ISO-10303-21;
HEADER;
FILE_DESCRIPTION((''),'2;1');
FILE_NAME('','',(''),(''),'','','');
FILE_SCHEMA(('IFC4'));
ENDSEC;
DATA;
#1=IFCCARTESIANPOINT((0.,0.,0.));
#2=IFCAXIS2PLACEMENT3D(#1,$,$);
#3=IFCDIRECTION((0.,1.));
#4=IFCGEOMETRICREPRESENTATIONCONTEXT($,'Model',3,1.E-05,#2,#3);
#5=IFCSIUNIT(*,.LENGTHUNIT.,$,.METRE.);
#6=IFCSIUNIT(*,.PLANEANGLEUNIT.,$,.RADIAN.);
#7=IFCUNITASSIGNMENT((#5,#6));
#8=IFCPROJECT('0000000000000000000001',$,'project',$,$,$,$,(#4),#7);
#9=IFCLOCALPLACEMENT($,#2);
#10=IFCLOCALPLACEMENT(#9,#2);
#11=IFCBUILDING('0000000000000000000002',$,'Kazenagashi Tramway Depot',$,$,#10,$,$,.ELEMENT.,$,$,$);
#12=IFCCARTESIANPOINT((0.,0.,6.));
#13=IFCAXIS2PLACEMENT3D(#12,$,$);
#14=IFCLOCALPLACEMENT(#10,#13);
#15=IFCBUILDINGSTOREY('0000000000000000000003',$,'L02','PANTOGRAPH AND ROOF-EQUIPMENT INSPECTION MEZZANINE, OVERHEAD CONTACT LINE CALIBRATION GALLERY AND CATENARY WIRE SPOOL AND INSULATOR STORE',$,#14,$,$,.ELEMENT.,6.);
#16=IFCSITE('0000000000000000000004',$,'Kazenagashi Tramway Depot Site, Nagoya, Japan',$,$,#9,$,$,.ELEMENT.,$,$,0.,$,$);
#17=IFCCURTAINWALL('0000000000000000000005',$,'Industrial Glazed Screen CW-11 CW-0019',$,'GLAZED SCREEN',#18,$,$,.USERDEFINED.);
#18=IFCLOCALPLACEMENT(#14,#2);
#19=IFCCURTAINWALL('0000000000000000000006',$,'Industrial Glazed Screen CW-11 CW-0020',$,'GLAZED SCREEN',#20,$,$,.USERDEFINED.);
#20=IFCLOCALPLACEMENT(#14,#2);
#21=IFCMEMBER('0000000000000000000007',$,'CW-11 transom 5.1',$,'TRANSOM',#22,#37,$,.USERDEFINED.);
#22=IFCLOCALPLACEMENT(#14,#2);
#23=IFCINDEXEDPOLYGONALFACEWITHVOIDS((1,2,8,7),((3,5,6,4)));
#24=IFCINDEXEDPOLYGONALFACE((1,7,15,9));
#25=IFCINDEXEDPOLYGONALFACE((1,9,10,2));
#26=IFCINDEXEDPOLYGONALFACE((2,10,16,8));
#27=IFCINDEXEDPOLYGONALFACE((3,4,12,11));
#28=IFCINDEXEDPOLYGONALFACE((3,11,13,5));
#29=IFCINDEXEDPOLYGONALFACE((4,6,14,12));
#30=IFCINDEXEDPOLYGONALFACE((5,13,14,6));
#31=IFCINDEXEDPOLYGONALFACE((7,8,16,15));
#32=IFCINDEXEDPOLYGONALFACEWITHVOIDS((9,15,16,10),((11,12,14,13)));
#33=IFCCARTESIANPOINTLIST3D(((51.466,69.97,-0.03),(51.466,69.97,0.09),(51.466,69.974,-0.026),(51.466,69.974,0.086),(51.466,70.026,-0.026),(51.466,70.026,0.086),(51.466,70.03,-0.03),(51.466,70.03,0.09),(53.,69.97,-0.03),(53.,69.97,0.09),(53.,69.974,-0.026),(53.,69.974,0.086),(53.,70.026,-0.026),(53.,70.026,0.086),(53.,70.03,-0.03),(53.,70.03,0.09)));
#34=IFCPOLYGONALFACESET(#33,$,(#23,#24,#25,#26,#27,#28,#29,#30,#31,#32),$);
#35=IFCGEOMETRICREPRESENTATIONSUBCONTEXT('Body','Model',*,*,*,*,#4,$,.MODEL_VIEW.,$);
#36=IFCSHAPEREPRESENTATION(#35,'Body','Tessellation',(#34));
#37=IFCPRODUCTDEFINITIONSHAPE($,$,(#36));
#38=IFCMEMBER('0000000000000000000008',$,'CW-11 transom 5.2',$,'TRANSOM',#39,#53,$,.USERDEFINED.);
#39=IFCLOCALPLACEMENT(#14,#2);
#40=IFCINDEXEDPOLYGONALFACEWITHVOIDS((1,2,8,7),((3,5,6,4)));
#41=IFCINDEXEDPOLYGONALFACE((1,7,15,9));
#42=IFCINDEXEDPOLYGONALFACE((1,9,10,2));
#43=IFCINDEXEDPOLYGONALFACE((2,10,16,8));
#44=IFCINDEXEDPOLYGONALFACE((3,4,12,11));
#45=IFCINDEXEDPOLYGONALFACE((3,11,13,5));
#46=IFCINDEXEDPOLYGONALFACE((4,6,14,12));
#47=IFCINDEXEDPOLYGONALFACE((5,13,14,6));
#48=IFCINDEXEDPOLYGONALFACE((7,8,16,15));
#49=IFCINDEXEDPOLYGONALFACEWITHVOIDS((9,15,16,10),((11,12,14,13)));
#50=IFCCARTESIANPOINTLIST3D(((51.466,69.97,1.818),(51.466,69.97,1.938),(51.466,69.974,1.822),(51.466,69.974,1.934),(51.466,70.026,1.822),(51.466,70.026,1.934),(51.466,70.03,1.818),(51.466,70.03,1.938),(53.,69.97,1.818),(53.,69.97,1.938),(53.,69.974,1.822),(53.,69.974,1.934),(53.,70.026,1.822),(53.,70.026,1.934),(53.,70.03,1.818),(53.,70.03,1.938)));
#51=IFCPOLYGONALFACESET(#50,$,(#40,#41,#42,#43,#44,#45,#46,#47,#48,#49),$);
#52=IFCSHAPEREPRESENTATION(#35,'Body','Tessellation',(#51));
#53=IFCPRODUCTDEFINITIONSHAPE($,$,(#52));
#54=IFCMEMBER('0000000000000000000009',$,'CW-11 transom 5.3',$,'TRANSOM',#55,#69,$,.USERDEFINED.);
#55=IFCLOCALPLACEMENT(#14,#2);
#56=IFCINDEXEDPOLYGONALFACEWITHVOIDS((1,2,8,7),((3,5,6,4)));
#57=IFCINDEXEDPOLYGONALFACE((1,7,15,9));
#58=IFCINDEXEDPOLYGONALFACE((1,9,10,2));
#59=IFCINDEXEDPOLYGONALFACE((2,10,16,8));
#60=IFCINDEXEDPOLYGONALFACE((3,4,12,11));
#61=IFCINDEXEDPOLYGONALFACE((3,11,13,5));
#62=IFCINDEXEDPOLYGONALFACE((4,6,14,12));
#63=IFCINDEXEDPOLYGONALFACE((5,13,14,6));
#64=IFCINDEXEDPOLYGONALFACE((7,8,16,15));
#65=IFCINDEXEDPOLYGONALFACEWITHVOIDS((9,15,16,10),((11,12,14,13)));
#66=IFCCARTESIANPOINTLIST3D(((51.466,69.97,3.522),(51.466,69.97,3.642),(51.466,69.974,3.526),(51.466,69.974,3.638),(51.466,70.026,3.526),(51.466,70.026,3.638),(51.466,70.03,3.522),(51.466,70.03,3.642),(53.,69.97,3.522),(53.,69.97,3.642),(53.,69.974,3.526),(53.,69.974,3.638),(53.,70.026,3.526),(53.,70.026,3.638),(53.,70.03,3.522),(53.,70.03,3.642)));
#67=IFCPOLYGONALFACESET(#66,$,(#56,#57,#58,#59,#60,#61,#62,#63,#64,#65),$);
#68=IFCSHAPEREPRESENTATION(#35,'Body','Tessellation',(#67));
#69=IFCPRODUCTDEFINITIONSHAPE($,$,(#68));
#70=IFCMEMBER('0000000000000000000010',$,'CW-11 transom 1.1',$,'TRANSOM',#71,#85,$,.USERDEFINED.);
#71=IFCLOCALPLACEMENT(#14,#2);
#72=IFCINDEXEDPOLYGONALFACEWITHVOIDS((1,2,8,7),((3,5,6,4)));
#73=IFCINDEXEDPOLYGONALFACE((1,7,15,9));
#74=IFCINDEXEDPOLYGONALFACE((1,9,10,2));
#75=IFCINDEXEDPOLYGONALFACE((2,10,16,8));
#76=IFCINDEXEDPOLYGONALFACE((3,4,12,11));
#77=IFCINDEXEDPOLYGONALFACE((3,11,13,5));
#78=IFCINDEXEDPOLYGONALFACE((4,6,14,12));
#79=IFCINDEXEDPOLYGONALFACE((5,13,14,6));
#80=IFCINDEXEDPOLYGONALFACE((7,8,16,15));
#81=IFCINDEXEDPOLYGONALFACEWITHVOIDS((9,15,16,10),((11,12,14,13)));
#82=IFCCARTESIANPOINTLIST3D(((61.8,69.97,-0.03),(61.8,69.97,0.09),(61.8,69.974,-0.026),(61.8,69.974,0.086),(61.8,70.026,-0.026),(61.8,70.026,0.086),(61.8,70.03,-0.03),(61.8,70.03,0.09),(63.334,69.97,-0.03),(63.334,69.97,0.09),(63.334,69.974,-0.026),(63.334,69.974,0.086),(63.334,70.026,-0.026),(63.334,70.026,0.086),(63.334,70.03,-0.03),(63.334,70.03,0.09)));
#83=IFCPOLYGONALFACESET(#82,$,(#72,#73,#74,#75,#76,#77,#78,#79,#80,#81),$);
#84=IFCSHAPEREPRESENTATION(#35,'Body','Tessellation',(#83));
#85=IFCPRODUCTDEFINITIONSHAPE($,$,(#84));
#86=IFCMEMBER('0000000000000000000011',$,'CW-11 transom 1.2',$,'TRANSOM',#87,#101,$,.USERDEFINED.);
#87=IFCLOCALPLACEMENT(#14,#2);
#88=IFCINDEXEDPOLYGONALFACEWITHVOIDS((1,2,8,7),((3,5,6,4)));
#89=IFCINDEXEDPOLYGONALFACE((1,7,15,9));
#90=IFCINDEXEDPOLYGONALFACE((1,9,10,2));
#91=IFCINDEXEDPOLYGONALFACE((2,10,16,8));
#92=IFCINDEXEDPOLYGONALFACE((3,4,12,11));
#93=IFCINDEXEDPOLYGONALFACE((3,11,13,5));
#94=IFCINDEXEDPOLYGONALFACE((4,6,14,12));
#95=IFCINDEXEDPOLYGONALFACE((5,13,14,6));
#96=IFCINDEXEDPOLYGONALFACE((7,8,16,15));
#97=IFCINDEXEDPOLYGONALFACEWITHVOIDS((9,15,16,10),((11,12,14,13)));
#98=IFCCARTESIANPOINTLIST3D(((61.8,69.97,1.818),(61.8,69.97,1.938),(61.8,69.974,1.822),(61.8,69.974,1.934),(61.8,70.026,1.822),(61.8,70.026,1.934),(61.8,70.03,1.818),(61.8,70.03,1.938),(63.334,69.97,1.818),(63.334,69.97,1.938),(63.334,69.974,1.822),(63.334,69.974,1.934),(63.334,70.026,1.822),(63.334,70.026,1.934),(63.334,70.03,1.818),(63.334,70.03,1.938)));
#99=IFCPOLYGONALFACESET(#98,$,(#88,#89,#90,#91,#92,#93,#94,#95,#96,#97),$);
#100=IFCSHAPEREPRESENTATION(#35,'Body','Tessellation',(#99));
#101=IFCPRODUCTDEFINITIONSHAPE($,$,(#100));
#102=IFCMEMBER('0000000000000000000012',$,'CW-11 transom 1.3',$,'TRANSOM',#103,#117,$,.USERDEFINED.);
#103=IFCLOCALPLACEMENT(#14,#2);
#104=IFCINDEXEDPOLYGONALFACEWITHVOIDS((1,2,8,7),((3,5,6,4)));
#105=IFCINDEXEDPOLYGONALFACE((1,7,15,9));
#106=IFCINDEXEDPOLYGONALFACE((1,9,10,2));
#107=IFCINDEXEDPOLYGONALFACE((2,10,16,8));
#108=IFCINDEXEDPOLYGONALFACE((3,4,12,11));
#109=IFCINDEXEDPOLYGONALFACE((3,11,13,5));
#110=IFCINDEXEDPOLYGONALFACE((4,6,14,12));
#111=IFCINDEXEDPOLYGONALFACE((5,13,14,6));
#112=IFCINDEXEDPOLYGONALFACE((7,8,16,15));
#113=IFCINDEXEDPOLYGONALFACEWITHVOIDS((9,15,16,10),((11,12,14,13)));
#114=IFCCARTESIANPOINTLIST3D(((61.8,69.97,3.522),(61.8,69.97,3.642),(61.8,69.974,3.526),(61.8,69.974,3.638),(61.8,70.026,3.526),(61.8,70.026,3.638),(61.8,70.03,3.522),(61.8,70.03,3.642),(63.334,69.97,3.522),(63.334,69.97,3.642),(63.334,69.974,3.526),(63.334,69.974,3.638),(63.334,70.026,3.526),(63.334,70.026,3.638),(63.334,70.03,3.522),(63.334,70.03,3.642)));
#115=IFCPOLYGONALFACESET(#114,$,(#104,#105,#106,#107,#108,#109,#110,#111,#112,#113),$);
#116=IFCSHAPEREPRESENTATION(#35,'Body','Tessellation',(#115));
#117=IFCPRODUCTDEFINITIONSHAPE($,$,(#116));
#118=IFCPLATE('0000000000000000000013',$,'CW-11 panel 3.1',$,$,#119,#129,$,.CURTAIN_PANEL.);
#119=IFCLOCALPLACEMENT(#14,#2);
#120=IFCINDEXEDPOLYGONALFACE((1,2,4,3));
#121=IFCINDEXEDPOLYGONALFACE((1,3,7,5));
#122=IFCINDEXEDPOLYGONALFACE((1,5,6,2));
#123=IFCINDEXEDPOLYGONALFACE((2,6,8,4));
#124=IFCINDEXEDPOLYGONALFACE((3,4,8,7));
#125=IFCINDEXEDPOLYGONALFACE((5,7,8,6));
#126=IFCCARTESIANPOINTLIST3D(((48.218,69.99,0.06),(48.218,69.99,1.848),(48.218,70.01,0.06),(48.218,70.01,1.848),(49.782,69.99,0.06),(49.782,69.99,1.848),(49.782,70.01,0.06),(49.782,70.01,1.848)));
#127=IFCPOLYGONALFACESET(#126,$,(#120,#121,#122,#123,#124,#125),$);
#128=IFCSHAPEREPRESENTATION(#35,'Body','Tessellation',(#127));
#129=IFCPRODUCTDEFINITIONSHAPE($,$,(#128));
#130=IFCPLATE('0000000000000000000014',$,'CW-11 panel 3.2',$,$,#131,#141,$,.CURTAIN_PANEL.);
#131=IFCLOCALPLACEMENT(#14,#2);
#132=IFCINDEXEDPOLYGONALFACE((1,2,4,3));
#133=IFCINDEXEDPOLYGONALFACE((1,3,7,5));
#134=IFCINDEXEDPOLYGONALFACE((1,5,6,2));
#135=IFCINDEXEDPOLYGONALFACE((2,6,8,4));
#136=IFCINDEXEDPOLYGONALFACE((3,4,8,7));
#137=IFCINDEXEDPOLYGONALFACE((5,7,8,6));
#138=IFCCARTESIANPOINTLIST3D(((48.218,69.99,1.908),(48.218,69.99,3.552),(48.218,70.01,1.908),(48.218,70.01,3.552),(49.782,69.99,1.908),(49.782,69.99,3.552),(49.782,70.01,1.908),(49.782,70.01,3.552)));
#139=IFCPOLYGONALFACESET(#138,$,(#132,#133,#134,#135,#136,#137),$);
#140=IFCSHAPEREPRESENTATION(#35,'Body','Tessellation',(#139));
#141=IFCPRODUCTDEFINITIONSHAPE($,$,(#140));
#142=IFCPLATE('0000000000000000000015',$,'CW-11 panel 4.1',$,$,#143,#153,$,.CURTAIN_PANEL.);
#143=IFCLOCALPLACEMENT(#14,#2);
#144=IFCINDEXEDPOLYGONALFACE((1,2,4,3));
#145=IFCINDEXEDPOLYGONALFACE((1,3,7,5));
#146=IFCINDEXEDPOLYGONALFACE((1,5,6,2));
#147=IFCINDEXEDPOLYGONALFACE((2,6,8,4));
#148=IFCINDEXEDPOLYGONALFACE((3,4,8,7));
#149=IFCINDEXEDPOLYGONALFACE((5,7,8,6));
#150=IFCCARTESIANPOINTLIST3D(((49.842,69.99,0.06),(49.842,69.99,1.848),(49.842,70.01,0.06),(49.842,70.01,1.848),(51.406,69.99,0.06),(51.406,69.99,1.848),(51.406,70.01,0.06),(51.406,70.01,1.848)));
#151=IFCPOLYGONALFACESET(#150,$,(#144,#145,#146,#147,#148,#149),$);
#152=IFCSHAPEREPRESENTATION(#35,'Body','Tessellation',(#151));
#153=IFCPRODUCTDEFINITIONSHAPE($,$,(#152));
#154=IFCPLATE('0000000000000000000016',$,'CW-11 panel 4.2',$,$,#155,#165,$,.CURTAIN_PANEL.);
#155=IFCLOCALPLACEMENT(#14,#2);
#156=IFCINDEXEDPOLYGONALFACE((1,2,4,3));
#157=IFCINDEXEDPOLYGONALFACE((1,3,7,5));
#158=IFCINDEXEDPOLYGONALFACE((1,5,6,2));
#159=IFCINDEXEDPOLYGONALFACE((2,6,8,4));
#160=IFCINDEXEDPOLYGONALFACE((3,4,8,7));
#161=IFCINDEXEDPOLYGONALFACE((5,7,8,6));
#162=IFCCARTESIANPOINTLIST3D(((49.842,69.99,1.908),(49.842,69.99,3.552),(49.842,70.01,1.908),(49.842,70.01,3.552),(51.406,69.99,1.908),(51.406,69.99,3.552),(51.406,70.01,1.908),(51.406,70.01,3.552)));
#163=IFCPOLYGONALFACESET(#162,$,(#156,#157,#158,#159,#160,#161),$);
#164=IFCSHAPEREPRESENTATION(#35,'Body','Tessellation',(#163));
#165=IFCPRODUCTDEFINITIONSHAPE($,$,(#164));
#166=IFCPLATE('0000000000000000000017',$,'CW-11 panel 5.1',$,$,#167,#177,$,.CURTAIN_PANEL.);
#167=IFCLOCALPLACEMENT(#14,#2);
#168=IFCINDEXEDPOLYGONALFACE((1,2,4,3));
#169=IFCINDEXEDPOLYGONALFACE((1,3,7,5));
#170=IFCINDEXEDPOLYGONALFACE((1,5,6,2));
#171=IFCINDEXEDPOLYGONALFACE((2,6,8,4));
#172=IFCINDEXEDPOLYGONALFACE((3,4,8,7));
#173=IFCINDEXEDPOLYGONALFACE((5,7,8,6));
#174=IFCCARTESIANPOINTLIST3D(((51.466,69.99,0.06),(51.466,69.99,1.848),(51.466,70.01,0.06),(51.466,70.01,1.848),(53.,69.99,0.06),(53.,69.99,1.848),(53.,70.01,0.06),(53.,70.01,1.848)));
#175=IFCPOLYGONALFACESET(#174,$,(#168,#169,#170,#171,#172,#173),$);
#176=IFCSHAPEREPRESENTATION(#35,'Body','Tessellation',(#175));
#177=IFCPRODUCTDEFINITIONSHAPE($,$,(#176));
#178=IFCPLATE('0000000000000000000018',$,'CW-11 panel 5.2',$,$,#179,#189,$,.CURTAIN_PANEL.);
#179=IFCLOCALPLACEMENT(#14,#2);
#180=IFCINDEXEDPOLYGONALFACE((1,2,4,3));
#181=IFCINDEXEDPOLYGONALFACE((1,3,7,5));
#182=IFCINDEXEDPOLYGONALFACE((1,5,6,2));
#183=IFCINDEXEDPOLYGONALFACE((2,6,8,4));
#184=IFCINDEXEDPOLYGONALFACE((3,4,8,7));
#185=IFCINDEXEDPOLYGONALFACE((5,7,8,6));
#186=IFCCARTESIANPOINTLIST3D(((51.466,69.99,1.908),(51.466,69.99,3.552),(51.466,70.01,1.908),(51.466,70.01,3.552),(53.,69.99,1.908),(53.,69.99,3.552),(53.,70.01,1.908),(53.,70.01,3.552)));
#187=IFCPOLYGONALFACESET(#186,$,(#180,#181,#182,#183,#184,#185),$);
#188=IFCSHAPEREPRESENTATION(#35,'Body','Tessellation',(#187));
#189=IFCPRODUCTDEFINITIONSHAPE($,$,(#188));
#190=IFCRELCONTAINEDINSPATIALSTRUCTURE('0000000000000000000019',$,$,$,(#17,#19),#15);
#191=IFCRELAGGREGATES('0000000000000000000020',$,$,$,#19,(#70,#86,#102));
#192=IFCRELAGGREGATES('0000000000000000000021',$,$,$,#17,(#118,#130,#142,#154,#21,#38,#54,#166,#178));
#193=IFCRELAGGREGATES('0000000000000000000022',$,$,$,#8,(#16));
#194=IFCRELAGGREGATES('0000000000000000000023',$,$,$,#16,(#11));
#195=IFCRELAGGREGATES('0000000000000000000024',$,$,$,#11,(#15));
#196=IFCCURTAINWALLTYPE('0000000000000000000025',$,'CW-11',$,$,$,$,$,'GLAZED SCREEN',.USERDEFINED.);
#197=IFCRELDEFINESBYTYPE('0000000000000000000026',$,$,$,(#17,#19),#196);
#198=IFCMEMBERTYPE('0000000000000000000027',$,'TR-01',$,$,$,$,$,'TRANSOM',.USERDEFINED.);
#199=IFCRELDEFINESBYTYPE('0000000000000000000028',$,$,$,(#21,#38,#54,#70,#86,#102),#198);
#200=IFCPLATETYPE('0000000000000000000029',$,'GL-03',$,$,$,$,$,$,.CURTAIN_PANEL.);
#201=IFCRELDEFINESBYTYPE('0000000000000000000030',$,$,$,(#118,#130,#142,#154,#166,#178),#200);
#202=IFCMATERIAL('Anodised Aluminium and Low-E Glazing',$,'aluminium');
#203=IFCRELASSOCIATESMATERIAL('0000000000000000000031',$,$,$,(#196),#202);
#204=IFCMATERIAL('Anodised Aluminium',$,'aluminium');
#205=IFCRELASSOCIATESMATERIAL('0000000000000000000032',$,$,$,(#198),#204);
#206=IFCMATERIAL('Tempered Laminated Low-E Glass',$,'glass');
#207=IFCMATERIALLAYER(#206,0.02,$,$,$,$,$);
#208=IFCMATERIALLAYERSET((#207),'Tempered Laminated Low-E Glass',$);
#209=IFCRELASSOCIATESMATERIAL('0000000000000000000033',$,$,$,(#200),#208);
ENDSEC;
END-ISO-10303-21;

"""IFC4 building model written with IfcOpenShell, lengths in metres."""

from ifc_helpers import new_model, si_unit, direction, frame, origin, origin_2d, place, context, subcontext, project, spatial, rectangle, hollow_rectangle, extrude, material, layer, layer_set, material_profile, profile_set, type_object, element, aggregate, save


model = new_model("IFC4")

# Units and contexts
model_context = context("Model", 3, precision=1e-05, world=origin(), true_north=direction((0.0, 1.0)))
body_context = subcontext(model_context, "Body", "Model", "MODEL_VIEW")
ifc_project = project(units=[si_unit("LENGTHUNIT", "METRE"), si_unit("PLANEANGLEUNIT", "RADIAN")], contexts=[model_context])

# Site, building, storey
site_placement = place(None, origin())
site = spatial("IfcSite", under=ifc_project, at=site_placement, Name="Kazenagashi Tramway Depot Site, Nagoya, Japan", CompositionType="ELEMENT", RefElevation=0.0)
building_placement = place(site_placement, origin())
building = spatial("IfcBuilding", under=site, at=building_placement, Name="Kazenagashi Tramway Depot", CompositionType="ELEMENT")
storey_placement = place(building_placement, frame((0.0, 0.0, 6.0)))
storey = spatial("IfcBuildingStorey", under=building, at=storey_placement, Name="L02", Description="PANTOGRAPH AND ROOF-EQUIPMENT INSPECTION MEZZANINE, OVERHEAD CONTACT LINE CALIBRATION GALLERY AND CATENARY WIRE SPOOL AND INSULATOR STORE", CompositionType="ELEMENT", Elevation=6.0)

# Curtain wall
ifc_material_1 = material(Name="Anodised Aluminium and Low-E Glazing", Category="aluminium")
curtain_wall_type = type_object("IfcCurtainWallType", Name="CW-11", ElementType="GLAZED SCREEN", PredefinedType="USERDEFINED", material=ifc_material_1)
curtain_wall_1_placement = place(storey_placement, origin())
curtain_wall_1 = element("IfcCurtainWall", 1, at=curtain_wall_1_placement, inside=storey, type_object=curtain_wall_type, Name="Industrial Glazed Screen CW-11 CW-0019", ObjectType="GLAZED SCREEN", PredefinedType="USERDEFINED")
ifc_material_2 = material(Name="Anodised Aluminium", Category="aluminium")

# Curtain wall
curtain_wall_2_placement = place(storey_placement, origin())
curtain_wall_2 = element("IfcCurtainWall", 2, at=curtain_wall_2_placement, inside=storey, type_object=curtain_wall_type, Name="Industrial Glazed Screen CW-11 CW-0020", ObjectType="GLAZED SCREEN", PredefinedType="USERDEFINED")

# Members
ifc_material_profile_1 = material_profile(ifc_material_2, hollow_rectangle(XDim=0.06, YDim=0.12, WallThickness=0.004, at=origin_2d()), Name="RHS-120x60x4")
ifc_profile_set_1 = profile_set([ifc_material_profile_1], Name="Anodised Aluminium")
member_type_1 = type_object("IfcMemberType", Name="TR-01", ElementType="TRANSOM", PredefinedType="USERDEFINED", material=ifc_profile_set_1)
member_1_placement = place(storey_placement, frame((51.466, 70.0, 0.03), z_axis=(1.0, 0.0, 0.0), x_axis=(0.0, 1.0, 0.0)))
member_1 = element("IfcMember", 3, at=member_1_placement, type_object=member_type_1, Name="CW-11 transom 5.1", ObjectType="TRANSOM", PredefinedType="USERDEFINED", context=body_context, shape_type="SweptSolid", body=[
    extrude(hollow_rectangle(XDim=0.06, YDim=0.12, WallThickness=0.004, at=origin_2d()), origin(), (0.0, 0.0, 1.0), 1.534),
])
member_2_placement = place(storey_placement, frame((51.466, 70.0, 1.878), z_axis=(1.0, 0.0, 0.0), x_axis=(0.0, 1.0, 0.0)))
member_2 = element("IfcMember", 4, at=member_2_placement, type_object=member_type_1, Name="CW-11 transom 5.2", ObjectType="TRANSOM", PredefinedType="USERDEFINED", context=body_context, shape_type="SweptSolid", body=[
    extrude(hollow_rectangle(XDim=0.06, YDim=0.12, WallThickness=0.004, at=origin_2d()), origin(), (0.0, 0.0, 1.0), 1.534),
])
member_3_placement = place(storey_placement, frame((51.466, 70.0, 3.582), z_axis=(1.0, 0.0, 0.0), x_axis=(0.0, 1.0, 0.0)))
member_3 = element("IfcMember", 5, at=member_3_placement, type_object=member_type_1, Name="CW-11 transom 5.3", ObjectType="TRANSOM", PredefinedType="USERDEFINED", context=body_context, shape_type="SweptSolid", body=[
    extrude(hollow_rectangle(XDim=0.06, YDim=0.12, WallThickness=0.004, at=origin_2d()), origin(), (0.0, 0.0, 1.0), 1.534),
])
member_4_placement = place(storey_placement, frame((61.8, 70.0, 0.03), z_axis=(1.0, 0.0, 0.0), x_axis=(0.0, 1.0, 0.0)))
member_4 = element("IfcMember", 6, at=member_4_placement, type_object=member_type_1, Name="CW-11 transom 1.1", ObjectType="TRANSOM", PredefinedType="USERDEFINED", context=body_context, shape_type="SweptSolid", body=[
    extrude(hollow_rectangle(XDim=0.06, YDim=0.12, WallThickness=0.004, at=origin_2d()), origin(), (0.0, 0.0, 1.0), 1.534),
])
member_5_placement = place(storey_placement, frame((61.8, 70.0, 1.878), z_axis=(1.0, 0.0, 0.0), x_axis=(0.0, 1.0, 0.0)))
member_5 = element("IfcMember", 7, at=member_5_placement, type_object=member_type_1, Name="CW-11 transom 1.2", ObjectType="TRANSOM", PredefinedType="USERDEFINED", context=body_context, shape_type="SweptSolid", body=[
    extrude(hollow_rectangle(XDim=0.06, YDim=0.12, WallThickness=0.004, at=origin_2d()), origin(), (0.0, 0.0, 1.0), 1.534),
])
member_6_placement = place(storey_placement, frame((61.8, 70.0, 3.582), z_axis=(1.0, 0.0, 0.0), x_axis=(0.0, 1.0, 0.0)))
member_6 = element("IfcMember", 8, at=member_6_placement, type_object=member_type_1, Name="CW-11 transom 1.3", ObjectType="TRANSOM", PredefinedType="USERDEFINED", context=body_context, shape_type="SweptSolid", body=[
    extrude(hollow_rectangle(XDim=0.06, YDim=0.12, WallThickness=0.004, at=origin_2d()), origin(), (0.0, 0.0, 1.0), 1.534),
])
aggregate(curtain_wall_2, [member_4, member_5, member_6])

# Plates
ifc_material_3 = material(Name="Tempered Laminated Low-E Glass", Category="glass")
ifc_layer_1 = layer(ifc_material_3, 0.02)
ifc_layer_set_1 = layer_set([ifc_layer_1], Name="Tempered Laminated Low-E Glass")
plate_type = type_object("IfcPlateType", Name="GL-03", PredefinedType="CURTAIN_PANEL", material=ifc_layer_set_1)
plate_1_placement = place(storey_placement, frame((49.0, 70.0, 0.06), z_axis=(0.0, 0.0, 1.0), x_axis=(1.0, 0.0, 0.0)))
plate_1 = element("IfcPlate", 9, at=plate_1_placement, type_object=plate_type, Name="CW-11 panel 3.1", PredefinedType="CURTAIN_PANEL", context=body_context, shape_type="SweptSolid", body=[
    extrude(rectangle(XDim=1.564, YDim=0.02, at=origin_2d()), origin(), (0.0, 0.0, 1.0), 1.788),
])
plate_2_placement = place(storey_placement, frame((49.0, 70.0, 1.908), z_axis=(0.0, 0.0, 1.0), x_axis=(1.0, 0.0, 0.0)))
plate_2 = element("IfcPlate", 10, at=plate_2_placement, type_object=plate_type, Name="CW-11 panel 3.2", PredefinedType="CURTAIN_PANEL", context=body_context, shape_type="SweptSolid", body=[
    extrude(rectangle(XDim=1.564, YDim=0.02, at=origin_2d()), origin(), (0.0, 0.0, 1.0), 1.644),
])
plate_3_placement = place(storey_placement, frame((50.624, 70.0, 0.06), z_axis=(0.0, 0.0, 1.0), x_axis=(1.0, 0.0, 0.0)))
plate_3 = element("IfcPlate", 11, at=plate_3_placement, type_object=plate_type, Name="CW-11 panel 4.1", PredefinedType="CURTAIN_PANEL", context=body_context, shape_type="SweptSolid", body=[
    extrude(rectangle(XDim=1.564, YDim=0.02, at=origin_2d()), origin(), (0.0, 0.0, 1.0), 1.788),
])
plate_4_placement = place(storey_placement, frame((50.624, 70.0, 1.908), z_axis=(0.0, 0.0, 1.0), x_axis=(1.0, 0.0, 0.0)))
plate_4 = element("IfcPlate", 12, at=plate_4_placement, type_object=plate_type, Name="CW-11 panel 4.2", PredefinedType="CURTAIN_PANEL", context=body_context, shape_type="SweptSolid", body=[
    extrude(rectangle(XDim=1.564, YDim=0.02, at=origin_2d()), origin(), (0.0, 0.0, 1.0), 1.644),
])
plate_5_placement = place(storey_placement, frame((52.233, 70.0, 0.06), z_axis=(0.0, 0.0, 1.0), x_axis=(1.0, 0.0, 0.0)))
plate_5 = element("IfcPlate", 13, at=plate_5_placement, type_object=plate_type, Name="CW-11 panel 5.1", PredefinedType="CURTAIN_PANEL", context=body_context, shape_type="SweptSolid", body=[
    extrude(rectangle(XDim=1.534, YDim=0.02, at=origin_2d()), origin(), (0.0, 0.0, 1.0), 1.788),
])
plate_6_placement = place(storey_placement, frame((52.233, 70.0, 1.908), z_axis=(0.0, 0.0, 1.0), x_axis=(1.0, 0.0, 0.0)))
plate_6 = element("IfcPlate", 14, at=plate_6_placement, type_object=plate_type, Name="CW-11 panel 5.2", PredefinedType="CURTAIN_PANEL", context=body_context, shape_type="SweptSolid", body=[
    extrude(rectangle(XDim=1.534, YDim=0.02, at=origin_2d()), origin(), (0.0, 0.0, 1.0), 1.644),
])
aggregate(curtain_wall_1, [plate_1, plate_2, plate_3, plate_4, member_1, member_2, member_3, plate_5, plate_6])

save(model, "model.ifc")
